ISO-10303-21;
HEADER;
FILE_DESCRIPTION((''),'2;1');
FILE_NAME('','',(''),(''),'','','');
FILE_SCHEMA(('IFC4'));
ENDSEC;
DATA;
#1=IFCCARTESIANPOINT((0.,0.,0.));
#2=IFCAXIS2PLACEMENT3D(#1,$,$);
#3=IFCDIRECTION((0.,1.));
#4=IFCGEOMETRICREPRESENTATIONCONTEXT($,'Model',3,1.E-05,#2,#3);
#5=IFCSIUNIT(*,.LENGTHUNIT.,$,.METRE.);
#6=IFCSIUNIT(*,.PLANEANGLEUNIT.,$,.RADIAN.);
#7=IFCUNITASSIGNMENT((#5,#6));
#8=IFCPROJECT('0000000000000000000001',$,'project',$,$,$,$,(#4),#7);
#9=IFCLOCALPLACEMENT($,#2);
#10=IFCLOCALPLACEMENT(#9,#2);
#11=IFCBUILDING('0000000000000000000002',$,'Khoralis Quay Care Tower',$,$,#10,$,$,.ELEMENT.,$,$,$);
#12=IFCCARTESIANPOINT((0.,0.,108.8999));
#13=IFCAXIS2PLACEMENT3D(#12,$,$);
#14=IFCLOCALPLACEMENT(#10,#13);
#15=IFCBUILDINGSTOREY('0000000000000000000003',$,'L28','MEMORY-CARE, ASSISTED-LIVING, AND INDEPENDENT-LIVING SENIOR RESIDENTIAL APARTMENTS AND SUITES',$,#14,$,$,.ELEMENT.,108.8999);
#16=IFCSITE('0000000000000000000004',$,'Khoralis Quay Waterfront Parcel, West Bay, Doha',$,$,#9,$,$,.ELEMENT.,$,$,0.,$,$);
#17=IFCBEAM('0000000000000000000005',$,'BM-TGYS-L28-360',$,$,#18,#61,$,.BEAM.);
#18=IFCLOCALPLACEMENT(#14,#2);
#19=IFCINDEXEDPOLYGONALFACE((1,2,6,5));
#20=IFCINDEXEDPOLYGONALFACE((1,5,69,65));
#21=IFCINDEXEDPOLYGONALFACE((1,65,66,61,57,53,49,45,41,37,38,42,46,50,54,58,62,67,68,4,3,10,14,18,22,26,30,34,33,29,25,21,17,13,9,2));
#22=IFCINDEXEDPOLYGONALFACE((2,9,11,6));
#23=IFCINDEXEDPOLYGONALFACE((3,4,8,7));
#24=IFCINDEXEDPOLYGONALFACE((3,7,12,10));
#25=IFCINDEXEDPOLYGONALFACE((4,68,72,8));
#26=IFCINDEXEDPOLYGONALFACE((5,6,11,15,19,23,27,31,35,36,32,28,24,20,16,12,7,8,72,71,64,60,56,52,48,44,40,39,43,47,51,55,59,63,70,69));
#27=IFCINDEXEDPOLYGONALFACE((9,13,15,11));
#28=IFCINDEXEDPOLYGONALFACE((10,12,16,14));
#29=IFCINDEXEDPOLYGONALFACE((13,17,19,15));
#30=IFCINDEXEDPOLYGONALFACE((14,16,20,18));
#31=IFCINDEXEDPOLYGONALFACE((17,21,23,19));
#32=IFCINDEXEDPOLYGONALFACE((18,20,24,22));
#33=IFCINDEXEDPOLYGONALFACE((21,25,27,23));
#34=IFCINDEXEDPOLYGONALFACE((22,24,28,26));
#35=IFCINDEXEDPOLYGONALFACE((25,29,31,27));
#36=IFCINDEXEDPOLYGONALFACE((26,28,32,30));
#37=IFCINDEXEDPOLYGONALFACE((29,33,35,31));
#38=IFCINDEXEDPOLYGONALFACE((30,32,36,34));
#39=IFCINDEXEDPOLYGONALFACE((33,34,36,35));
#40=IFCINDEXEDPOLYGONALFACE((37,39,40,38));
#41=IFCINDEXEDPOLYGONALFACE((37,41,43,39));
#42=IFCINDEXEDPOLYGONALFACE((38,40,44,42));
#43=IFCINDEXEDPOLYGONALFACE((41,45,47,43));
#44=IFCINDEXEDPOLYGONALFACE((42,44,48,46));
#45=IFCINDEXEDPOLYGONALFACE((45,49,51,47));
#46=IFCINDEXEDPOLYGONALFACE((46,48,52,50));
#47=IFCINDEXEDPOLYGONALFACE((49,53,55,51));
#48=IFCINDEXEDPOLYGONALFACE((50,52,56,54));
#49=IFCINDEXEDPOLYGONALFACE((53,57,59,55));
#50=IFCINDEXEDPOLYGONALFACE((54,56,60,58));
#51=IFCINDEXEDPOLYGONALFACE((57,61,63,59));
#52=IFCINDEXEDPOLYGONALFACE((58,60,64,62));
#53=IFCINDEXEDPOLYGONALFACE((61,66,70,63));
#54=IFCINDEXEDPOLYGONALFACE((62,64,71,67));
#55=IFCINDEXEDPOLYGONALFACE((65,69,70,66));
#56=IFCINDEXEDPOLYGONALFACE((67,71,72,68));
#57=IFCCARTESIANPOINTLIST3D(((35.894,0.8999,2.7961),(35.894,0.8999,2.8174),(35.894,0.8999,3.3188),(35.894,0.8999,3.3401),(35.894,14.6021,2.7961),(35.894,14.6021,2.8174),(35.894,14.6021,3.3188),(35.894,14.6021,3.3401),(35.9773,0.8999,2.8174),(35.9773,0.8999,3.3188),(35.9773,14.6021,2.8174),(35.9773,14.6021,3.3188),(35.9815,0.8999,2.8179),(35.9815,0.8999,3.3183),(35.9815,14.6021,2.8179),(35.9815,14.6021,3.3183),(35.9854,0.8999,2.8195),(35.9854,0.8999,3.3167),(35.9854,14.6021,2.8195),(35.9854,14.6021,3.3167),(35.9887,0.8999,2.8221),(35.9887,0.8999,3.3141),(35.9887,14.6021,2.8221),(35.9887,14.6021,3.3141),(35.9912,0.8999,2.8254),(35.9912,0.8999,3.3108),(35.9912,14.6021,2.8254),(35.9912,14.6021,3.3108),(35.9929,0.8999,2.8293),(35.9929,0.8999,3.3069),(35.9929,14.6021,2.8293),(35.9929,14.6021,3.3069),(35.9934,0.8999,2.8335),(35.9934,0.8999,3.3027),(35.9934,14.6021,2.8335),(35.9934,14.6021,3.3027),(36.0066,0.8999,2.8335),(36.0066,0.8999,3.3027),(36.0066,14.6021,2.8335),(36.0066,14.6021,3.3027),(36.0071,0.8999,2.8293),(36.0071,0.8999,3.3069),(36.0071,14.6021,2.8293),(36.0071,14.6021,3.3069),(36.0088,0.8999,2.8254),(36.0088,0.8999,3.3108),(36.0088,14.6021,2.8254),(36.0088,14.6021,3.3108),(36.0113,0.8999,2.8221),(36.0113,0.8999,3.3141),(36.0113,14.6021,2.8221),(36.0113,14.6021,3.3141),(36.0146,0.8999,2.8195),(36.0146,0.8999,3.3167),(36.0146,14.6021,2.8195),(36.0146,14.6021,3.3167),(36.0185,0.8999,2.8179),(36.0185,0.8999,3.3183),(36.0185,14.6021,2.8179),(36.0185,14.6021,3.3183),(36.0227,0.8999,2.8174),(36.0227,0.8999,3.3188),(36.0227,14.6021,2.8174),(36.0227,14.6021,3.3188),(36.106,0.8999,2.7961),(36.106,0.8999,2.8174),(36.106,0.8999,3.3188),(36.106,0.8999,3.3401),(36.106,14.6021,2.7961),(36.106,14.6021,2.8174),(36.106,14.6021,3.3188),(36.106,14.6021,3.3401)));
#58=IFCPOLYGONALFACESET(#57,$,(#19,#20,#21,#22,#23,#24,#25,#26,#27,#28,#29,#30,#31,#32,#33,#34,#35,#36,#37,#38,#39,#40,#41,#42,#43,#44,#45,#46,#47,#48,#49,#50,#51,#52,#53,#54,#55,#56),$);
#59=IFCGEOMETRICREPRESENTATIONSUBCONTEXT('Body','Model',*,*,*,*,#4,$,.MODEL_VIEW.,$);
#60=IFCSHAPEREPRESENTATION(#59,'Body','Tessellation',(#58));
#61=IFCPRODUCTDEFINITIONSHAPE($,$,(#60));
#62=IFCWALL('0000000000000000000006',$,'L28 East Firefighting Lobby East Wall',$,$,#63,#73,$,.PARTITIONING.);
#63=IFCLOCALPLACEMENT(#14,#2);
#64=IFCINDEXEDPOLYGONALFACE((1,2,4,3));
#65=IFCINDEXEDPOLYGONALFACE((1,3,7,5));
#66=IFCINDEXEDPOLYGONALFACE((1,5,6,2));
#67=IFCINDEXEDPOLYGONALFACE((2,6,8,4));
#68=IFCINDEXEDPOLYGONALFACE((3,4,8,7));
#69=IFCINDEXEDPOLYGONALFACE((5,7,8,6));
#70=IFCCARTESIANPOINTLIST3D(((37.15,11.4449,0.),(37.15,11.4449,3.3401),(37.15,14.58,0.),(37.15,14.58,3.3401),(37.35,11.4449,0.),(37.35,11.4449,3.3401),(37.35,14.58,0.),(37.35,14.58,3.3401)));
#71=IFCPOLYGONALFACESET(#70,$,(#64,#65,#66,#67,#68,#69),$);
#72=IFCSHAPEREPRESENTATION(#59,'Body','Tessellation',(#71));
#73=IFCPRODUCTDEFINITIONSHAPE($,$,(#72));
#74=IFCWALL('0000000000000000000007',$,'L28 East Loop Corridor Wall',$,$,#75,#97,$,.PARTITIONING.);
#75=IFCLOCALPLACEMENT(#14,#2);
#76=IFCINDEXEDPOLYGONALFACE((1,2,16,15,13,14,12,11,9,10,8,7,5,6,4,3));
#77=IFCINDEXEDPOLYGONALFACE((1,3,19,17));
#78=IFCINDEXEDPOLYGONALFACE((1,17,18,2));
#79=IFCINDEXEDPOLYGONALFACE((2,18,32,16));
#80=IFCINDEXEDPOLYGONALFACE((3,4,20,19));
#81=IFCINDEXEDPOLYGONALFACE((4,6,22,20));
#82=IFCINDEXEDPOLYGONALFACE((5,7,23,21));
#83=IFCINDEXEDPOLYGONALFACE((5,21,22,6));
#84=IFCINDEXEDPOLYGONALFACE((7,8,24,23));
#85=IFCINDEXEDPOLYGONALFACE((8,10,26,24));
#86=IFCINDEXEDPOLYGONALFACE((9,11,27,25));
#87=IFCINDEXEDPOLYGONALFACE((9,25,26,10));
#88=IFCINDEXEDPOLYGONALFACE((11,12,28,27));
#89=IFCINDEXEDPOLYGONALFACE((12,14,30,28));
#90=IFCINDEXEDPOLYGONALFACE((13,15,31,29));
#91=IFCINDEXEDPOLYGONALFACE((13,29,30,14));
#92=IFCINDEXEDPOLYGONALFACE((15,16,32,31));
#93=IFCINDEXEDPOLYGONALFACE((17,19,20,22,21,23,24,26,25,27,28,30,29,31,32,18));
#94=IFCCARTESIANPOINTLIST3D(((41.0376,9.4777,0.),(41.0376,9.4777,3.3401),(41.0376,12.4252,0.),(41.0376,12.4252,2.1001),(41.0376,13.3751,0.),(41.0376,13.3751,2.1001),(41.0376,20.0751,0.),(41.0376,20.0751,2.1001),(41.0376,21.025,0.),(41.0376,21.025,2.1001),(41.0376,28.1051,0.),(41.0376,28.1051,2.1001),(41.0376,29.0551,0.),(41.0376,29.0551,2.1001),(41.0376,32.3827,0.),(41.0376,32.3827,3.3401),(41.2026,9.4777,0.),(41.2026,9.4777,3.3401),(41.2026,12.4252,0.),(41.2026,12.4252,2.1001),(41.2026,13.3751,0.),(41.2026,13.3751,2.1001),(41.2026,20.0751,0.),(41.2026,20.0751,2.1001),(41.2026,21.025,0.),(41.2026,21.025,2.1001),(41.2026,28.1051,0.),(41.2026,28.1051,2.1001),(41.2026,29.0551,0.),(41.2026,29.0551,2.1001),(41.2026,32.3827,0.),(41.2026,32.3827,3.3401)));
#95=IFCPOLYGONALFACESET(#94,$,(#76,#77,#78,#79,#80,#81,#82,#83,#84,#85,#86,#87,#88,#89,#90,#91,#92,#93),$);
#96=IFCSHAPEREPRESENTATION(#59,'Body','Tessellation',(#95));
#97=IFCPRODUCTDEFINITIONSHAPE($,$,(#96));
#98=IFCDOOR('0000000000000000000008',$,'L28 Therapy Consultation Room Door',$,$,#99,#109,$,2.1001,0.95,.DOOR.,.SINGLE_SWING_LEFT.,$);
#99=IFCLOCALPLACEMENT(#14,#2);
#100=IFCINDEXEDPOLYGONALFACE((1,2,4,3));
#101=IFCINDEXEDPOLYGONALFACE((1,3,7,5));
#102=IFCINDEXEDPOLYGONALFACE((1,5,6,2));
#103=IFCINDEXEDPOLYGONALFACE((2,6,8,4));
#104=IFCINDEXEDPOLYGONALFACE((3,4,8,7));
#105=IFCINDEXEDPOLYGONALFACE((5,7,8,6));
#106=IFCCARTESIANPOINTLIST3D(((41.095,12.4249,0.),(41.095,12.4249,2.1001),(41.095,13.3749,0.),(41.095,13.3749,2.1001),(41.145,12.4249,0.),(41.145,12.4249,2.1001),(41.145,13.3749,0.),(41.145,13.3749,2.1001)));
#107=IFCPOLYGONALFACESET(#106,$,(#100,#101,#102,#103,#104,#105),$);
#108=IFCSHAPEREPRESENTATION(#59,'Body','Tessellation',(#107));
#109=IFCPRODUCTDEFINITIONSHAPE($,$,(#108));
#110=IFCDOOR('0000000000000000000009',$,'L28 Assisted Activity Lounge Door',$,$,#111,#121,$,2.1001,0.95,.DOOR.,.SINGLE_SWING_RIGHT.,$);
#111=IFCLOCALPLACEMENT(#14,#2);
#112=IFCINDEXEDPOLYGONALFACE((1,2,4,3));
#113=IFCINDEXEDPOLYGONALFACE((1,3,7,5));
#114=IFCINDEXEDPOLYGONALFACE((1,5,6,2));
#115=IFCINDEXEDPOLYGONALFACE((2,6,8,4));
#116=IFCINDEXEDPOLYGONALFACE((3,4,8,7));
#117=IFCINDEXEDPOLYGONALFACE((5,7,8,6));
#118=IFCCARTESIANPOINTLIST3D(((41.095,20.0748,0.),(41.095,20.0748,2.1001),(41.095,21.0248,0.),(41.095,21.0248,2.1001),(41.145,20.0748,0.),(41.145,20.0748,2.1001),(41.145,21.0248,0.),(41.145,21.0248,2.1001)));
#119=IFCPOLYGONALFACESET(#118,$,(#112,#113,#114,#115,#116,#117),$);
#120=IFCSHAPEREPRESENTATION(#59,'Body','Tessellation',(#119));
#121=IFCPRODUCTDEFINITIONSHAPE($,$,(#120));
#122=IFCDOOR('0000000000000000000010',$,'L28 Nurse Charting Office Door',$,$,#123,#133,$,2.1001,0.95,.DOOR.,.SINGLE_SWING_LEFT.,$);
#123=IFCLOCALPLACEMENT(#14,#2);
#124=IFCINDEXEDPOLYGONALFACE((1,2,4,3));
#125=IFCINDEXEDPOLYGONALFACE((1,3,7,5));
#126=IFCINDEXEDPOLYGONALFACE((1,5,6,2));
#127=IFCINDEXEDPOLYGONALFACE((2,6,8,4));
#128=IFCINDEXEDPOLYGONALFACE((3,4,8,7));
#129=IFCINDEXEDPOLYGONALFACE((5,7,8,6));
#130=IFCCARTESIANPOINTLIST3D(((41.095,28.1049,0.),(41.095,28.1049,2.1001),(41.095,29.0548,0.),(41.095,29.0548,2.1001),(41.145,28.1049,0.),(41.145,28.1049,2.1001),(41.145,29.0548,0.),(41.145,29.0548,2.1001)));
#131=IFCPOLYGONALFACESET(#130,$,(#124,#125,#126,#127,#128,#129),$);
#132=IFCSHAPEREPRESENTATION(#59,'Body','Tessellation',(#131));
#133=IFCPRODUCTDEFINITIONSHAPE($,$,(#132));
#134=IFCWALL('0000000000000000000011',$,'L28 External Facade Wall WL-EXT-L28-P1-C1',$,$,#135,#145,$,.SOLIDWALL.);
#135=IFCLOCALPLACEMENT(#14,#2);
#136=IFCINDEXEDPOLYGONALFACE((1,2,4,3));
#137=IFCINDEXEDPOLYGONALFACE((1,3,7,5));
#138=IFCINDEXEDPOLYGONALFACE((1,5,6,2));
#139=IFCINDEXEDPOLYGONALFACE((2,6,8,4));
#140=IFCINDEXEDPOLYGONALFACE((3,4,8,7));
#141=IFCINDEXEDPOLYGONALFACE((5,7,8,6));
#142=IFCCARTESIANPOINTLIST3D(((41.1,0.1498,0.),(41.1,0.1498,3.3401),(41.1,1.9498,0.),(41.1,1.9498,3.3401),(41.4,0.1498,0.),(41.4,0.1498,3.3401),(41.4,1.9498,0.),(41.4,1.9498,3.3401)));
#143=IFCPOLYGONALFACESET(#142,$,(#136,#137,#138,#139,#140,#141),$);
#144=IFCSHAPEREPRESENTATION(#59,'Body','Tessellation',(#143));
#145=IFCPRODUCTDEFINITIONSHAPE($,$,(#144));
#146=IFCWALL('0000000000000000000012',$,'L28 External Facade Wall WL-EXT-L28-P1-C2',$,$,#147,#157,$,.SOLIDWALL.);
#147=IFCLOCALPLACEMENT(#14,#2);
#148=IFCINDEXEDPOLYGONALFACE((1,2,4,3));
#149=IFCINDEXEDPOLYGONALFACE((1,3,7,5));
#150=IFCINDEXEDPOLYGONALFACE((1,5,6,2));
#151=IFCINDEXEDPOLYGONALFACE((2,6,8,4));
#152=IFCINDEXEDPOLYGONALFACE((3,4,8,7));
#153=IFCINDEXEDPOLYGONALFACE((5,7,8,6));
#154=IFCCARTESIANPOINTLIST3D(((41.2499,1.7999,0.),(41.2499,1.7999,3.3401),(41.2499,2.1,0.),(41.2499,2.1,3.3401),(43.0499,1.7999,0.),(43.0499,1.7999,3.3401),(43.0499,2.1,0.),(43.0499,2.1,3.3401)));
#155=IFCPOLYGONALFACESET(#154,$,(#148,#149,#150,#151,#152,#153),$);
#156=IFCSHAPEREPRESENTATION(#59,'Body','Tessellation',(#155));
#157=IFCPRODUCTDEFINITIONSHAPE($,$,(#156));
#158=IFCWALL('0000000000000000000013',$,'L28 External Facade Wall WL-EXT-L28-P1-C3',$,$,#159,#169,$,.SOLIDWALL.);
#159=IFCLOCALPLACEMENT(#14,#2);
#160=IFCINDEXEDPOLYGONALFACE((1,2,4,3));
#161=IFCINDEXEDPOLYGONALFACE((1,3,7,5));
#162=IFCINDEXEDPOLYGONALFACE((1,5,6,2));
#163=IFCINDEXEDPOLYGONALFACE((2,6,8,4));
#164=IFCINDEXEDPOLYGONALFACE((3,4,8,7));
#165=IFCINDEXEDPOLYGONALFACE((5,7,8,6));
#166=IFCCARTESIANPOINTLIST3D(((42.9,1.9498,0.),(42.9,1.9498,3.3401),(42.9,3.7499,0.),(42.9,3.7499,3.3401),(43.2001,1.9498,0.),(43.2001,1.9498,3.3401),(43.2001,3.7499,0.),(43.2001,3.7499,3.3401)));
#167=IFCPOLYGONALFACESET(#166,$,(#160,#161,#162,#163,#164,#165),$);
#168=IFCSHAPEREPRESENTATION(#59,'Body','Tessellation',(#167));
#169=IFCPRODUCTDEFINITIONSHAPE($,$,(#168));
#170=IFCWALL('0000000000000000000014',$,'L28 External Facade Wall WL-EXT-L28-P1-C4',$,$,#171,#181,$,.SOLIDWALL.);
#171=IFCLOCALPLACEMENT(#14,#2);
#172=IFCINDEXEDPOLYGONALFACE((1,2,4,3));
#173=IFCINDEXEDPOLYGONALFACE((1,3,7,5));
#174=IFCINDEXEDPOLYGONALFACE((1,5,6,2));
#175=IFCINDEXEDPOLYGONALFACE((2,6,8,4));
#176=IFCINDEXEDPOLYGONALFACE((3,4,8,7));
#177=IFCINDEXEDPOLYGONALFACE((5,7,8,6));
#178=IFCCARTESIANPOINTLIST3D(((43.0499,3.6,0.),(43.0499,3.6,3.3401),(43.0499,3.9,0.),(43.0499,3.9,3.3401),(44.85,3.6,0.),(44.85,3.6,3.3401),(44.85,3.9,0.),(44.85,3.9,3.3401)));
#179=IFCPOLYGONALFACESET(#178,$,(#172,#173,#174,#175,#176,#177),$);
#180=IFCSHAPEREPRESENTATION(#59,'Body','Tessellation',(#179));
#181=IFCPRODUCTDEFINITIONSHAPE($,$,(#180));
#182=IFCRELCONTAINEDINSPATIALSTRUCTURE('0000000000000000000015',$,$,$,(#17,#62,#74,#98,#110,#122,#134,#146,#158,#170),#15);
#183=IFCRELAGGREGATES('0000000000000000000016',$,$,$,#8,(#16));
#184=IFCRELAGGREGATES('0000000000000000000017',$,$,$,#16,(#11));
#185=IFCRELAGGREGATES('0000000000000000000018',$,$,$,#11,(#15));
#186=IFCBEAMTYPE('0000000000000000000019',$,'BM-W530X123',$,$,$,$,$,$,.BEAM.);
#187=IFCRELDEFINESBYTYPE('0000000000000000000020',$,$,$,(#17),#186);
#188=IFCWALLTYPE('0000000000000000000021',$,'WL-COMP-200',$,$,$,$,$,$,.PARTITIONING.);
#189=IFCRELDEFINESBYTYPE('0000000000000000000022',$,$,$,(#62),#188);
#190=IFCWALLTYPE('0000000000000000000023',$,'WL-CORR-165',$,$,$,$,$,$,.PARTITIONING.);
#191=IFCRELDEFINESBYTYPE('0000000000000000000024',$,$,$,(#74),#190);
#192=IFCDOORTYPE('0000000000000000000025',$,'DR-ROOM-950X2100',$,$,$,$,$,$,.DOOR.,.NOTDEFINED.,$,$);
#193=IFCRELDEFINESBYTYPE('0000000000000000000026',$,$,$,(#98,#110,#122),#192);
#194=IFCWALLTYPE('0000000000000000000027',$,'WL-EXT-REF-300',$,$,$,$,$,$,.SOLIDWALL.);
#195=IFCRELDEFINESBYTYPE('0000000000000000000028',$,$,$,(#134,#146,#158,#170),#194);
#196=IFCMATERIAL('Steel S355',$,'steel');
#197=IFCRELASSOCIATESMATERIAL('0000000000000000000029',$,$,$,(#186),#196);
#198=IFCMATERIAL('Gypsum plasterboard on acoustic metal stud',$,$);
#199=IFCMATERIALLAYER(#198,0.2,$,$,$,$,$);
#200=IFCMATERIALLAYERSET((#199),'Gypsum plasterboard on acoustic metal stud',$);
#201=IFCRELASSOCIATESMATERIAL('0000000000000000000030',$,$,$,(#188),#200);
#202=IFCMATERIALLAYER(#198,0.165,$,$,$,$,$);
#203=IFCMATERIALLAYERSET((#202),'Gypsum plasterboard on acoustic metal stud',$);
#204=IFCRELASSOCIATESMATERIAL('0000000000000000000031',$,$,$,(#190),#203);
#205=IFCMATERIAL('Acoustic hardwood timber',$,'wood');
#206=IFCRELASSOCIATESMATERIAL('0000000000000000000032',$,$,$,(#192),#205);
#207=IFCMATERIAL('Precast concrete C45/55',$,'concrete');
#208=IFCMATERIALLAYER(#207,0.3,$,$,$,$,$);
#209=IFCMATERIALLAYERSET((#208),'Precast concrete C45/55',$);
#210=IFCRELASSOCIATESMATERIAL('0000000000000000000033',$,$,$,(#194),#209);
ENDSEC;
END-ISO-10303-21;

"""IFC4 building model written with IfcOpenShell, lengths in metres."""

from ifc_helpers import new_model, si_unit, direction, frame, frame_2d, origin, origin_2d, place, context, subcontext, project, spatial, rectangle, i_section, extrude, source, transform, mapped, material, layer, layer_set, material_profile, profile_set, type_object, element, fill, save


model = new_model("IFC4")

# Units and contexts
model_context = context("Model", 3, precision=1e-05, world=origin(), true_north=direction((0.0, 1.0)))
body_context = subcontext(model_context, "Body", "Model", "MODEL_VIEW")
ifc_project = project(units=[si_unit("LENGTHUNIT", "METRE"), si_unit("PLANEANGLEUNIT", "RADIAN")], contexts=[model_context])

# Site, building, storey
site_placement = place(None, origin())
site = spatial("IfcSite", under=ifc_project, at=site_placement, Name="Khoralis Quay Waterfront Parcel, West Bay, Doha", CompositionType="ELEMENT", RefElevation=0.0)
building_placement = place(site_placement, origin())
building = spatial("IfcBuilding", under=site, at=building_placement, Name="Khoralis Quay Care Tower", CompositionType="ELEMENT")
storey_placement = place(building_placement, frame((0.0, 0.0, 108.8999)))
storey = spatial("IfcBuildingStorey", under=building, at=storey_placement, Name="L28", Description="MEMORY-CARE, ASSISTED-LIVING, AND INDEPENDENT-LIVING SENIOR RESIDENTIAL APARTMENTS AND SUITES", CompositionType="ELEMENT", Elevation=108.8999)

# Beam
ifc_material_1 = material(Name="Steel S355", Category="steel")
ifc_material_profile_1 = material_profile(ifc_material_1, i_section(OverallWidth=0.2119, OverallDepth=0.5439, WebThickness=0.0132, FlangeThickness=0.0212, FilletRadius=0.0161, at=origin_2d()), Name="Steel S355")
ifc_profile_set_1 = profile_set([ifc_material_profile_1], Name="Steel S355")
beam_type_1 = type_object("IfcBeamType", Name="BM-W530X123", PredefinedType="BEAM", material=ifc_profile_set_1)
shared_shape_1 = source(origin(), body_context, "Body", "SweptSolid", [
    extrude(i_section(OverallWidth=0.2119, OverallDepth=0.5439, WebThickness=0.0132, FlangeThickness=0.0212, FilletRadius=0.0161, at=origin_2d()), origin(), (0.0, 0.0, 1.0), 13.7021),
])
beam_1_placement = place(storey_placement, frame((36.0, 0.8999, 3.0681), z_axis=(0.0, 1.0, 0.0), x_axis=(-1.0, 0.0, 0.0)))
element("IfcBeam", 1, at=beam_1_placement, inside=storey, type_object=beam_type_1, Name="BM-TGYS-L28-360", PredefinedType="BEAM", context=body_context, shape_type="MappedRepresentation", body=[
    mapped(shared_shape_1, transform((0.0, 0.0, 0.0), scale=1.0)),
])

# Wall
ifc_material_2 = material(Name="Gypsum plasterboard on acoustic metal stud")
ifc_layer_1 = layer(ifc_material_2, 0.2)
ifc_layer_set_1 = layer_set([ifc_layer_1], Name="Gypsum plasterboard on acoustic metal stud")
wall_type_1 = type_object("IfcWallType", Name="WL-COMP-200", PredefinedType="PARTITIONING", material=ifc_layer_set_1)
wall_1_placement = place(storey_placement, frame((37.25, 11.4451, 0.0), z_axis=(0.0, 0.0, 1.0), x_axis=(0.0, 1.0, 0.0)))
element("IfcWall", 2, at=wall_1_placement, inside=storey, type_object=wall_type_1, Name="L28 East Firefighting Lobby East Wall", PredefinedType="PARTITIONING", context=body_context, shape_type="SweptSolid", body=[
    extrude(rectangle(XDim=3.135, YDim=0.2, at=frame_2d((1.5674, 0.0))), origin(), (0.0, 0.0, 1.0), 3.3401),
])

# Wall, openings, doors
ifc_layer_2 = layer(ifc_material_2, 0.165)
ifc_layer_set_2 = layer_set([ifc_layer_2], Name="Gypsum plasterboard on acoustic metal stud")
wall_type_2 = type_object("IfcWallType", Name="WL-CORR-165", PredefinedType="PARTITIONING", material=ifc_layer_set_2)
wall_2_placement = place(storey_placement, frame((41.1201, 9.4775, 0.0), z_axis=(0.0, 0.0, 1.0), x_axis=(0.0, 1.0, 0.0)))
wall_2 = element("IfcWall", 3, at=wall_2_placement, inside=storey, type_object=wall_type_2, Name="L28 East Loop Corridor Wall", PredefinedType="PARTITIONING", context=body_context, shape_type="SweptSolid", body=[
    extrude(rectangle(XDim=22.905, YDim=0.165, at=frame_2d((11.4526, 0.0))), origin(), (0.0, 0.0, 1.0), 3.3401),
])
opening_1_placement = place(wall_2_placement, frame((2.9475, 0.0, 0.0)))
opening_1 = element("IfcOpeningElement", 4, at=opening_1_placement, cuts=wall_2, PredefinedType="OPENING", context=body_context, shape_type="SweptSolid", body=[
    extrude(rectangle(XDim=0.95, YDim=2.1001, at=frame_2d((0.4751, 1.05))), frame((0.0, 0.0925, 0.0), z_axis=(0.0, -1.0, 0.0), x_axis=(1.0, 0.0, 0.0)), (0.0, 0.0, 1.0), 0.1851),
])
opening_2_placement = place(wall_2_placement, frame((10.5974, 0.0, 0.0)))
opening_2 = element("IfcOpeningElement", 5, at=opening_2_placement, cuts=wall_2, PredefinedType="OPENING", context=body_context, shape_type="SweptSolid", body=[
    extrude(rectangle(XDim=0.95, YDim=2.1001, at=frame_2d((0.4751, 1.05))), frame((0.0, 0.0925, 0.0), z_axis=(0.0, -1.0, 0.0), x_axis=(1.0, 0.0, 0.0)), (0.0, 0.0, 1.0), 0.1851),
])
opening_3_placement = place(wall_2_placement, frame((18.6274, 0.0, 0.0)))
opening_3 = element("IfcOpeningElement", 6, at=opening_3_placement, cuts=wall_2, PredefinedType="OPENING", context=body_context, shape_type="SweptSolid", body=[
    extrude(rectangle(XDim=0.95, YDim=2.1001, at=frame_2d((0.4751, 1.05))), frame((0.0, 0.0925, 0.0), z_axis=(0.0, -1.0, 0.0), x_axis=(1.0, 0.0, 0.0)), (0.0, 0.0, 1.0), 0.1851),
])
ifc_material_3 = material(Name="Acoustic hardwood timber", Category="wood")
door_type = type_object("IfcDoorType", Name="DR-ROOM-950X2100", OperationType="NOTDEFINED", PredefinedType="DOOR", material=ifc_material_3)
shared_shape_2 = source(origin(), body_context, "Body", "SweptSolid", [
    extrude(rectangle(XDim=0.95, YDim=2.1001, at=frame_2d((0.4751, 1.05))), frame((0.0, 0.0249, 0.0), z_axis=(0.0, -1.0, 0.0), x_axis=(1.0, 0.0, 0.0)), (0.0, 0.0, 1.0), 0.05),
])
door_1_placement = place(opening_1_placement, frame((0.95, 0.0, 0.0), z_axis=(0.0, 0.0, 1.0), x_axis=(-1.0, 0.0, 0.0)))
door_1 = element("IfcDoor", 7, at=door_1_placement, inside=storey, type_object=door_type, Name="L28 Therapy Consultation Room Door", OperationType="SINGLE_SWING_LEFT", OverallHeight=2.1001, OverallWidth=0.95, PredefinedType="DOOR", context=body_context, shape_type="MappedRepresentation", body=[
    mapped(shared_shape_2, transform((0.0, 0.0, 0.0), scale=1.0)),
])
fill(opening_1, door_1)
door_2_placement = place(opening_2_placement, frame((0.95, 0.0, 0.0), z_axis=(0.0, 0.0, 1.0), x_axis=(-1.0, 0.0, 0.0)))
door_2 = element("IfcDoor", 8, at=door_2_placement, inside=storey, type_object=door_type, Name="L28 Assisted Activity Lounge Door", OperationType="SINGLE_SWING_RIGHT", OverallHeight=2.1001, OverallWidth=0.95, PredefinedType="DOOR", context=body_context, shape_type="MappedRepresentation", body=[
    mapped(shared_shape_2, transform((0.0, 0.0, 0.0), scale=1.0)),
])
fill(opening_2, door_2)
door_3_placement = place(opening_3_placement, frame((0.95, 0.0, 0.0), z_axis=(0.0, 0.0, 1.0), x_axis=(-1.0, 0.0, 0.0)))
door_3 = element("IfcDoor", 9, at=door_3_placement, inside=storey, type_object=door_type, Name="L28 Nurse Charting Office Door", OperationType="SINGLE_SWING_LEFT", OverallHeight=2.1001, OverallWidth=0.95, PredefinedType="DOOR", context=body_context, shape_type="MappedRepresentation", body=[
    mapped(shared_shape_2, transform((0.0, 0.0, 0.0), scale=1.0)),
])
fill(opening_3, door_3)

# Walls
ifc_material_4 = material(Name="Precast concrete C45/55", Category="concrete")
ifc_layer_3 = layer(ifc_material_4, 0.3)
ifc_layer_set_3 = layer_set([ifc_layer_3], Name="Precast concrete C45/55")
wall_type_3 = type_object("IfcWallType", Name="WL-EXT-REF-300", PredefinedType="SOLIDWALL", material=ifc_layer_set_3)
for number, where, z_axis, x_axis, name in (
    (10, (41.25, 0.1499, 0.0), (0.0, 0.0, 1.0), (0.0, 1.0, 0.0), "L28 External Facade Wall WL-EXT-L28-P1-C1"),
    (11, (41.25, 1.95, 0.0), (0.0, 0.0, 1.0), (1.0, 0.0, 0.0), "L28 External Facade Wall WL-EXT-L28-P1-C2"),
    (12, (43.05, 1.95, 0.0), (0.0, 0.0, 1.0), (0.0, 1.0, 0.0), "L28 External Facade Wall WL-EXT-L28-P1-C3"),
    (13, (43.05, 3.75, 0.0), (0.0, 0.0, 1.0), (1.0, 0.0, 0.0), "L28 External Facade Wall WL-EXT-L28-P1-C4"),
):
    element("IfcWall", number, at=place(storey_placement, frame(where, z_axis=z_axis, x_axis=x_axis)), inside=storey, type_object=wall_type_3, Name=name, PredefinedType="SOLIDWALL", context=body_context, shape_type="SweptSolid", body=[
        extrude(rectangle(XDim=1.8, YDim=0.3, at=frame_2d((0.8999, 0.0))), origin(), (0.0, 0.0, 1.0), 3.3401),
    ])

save(model, "model.ifc")
